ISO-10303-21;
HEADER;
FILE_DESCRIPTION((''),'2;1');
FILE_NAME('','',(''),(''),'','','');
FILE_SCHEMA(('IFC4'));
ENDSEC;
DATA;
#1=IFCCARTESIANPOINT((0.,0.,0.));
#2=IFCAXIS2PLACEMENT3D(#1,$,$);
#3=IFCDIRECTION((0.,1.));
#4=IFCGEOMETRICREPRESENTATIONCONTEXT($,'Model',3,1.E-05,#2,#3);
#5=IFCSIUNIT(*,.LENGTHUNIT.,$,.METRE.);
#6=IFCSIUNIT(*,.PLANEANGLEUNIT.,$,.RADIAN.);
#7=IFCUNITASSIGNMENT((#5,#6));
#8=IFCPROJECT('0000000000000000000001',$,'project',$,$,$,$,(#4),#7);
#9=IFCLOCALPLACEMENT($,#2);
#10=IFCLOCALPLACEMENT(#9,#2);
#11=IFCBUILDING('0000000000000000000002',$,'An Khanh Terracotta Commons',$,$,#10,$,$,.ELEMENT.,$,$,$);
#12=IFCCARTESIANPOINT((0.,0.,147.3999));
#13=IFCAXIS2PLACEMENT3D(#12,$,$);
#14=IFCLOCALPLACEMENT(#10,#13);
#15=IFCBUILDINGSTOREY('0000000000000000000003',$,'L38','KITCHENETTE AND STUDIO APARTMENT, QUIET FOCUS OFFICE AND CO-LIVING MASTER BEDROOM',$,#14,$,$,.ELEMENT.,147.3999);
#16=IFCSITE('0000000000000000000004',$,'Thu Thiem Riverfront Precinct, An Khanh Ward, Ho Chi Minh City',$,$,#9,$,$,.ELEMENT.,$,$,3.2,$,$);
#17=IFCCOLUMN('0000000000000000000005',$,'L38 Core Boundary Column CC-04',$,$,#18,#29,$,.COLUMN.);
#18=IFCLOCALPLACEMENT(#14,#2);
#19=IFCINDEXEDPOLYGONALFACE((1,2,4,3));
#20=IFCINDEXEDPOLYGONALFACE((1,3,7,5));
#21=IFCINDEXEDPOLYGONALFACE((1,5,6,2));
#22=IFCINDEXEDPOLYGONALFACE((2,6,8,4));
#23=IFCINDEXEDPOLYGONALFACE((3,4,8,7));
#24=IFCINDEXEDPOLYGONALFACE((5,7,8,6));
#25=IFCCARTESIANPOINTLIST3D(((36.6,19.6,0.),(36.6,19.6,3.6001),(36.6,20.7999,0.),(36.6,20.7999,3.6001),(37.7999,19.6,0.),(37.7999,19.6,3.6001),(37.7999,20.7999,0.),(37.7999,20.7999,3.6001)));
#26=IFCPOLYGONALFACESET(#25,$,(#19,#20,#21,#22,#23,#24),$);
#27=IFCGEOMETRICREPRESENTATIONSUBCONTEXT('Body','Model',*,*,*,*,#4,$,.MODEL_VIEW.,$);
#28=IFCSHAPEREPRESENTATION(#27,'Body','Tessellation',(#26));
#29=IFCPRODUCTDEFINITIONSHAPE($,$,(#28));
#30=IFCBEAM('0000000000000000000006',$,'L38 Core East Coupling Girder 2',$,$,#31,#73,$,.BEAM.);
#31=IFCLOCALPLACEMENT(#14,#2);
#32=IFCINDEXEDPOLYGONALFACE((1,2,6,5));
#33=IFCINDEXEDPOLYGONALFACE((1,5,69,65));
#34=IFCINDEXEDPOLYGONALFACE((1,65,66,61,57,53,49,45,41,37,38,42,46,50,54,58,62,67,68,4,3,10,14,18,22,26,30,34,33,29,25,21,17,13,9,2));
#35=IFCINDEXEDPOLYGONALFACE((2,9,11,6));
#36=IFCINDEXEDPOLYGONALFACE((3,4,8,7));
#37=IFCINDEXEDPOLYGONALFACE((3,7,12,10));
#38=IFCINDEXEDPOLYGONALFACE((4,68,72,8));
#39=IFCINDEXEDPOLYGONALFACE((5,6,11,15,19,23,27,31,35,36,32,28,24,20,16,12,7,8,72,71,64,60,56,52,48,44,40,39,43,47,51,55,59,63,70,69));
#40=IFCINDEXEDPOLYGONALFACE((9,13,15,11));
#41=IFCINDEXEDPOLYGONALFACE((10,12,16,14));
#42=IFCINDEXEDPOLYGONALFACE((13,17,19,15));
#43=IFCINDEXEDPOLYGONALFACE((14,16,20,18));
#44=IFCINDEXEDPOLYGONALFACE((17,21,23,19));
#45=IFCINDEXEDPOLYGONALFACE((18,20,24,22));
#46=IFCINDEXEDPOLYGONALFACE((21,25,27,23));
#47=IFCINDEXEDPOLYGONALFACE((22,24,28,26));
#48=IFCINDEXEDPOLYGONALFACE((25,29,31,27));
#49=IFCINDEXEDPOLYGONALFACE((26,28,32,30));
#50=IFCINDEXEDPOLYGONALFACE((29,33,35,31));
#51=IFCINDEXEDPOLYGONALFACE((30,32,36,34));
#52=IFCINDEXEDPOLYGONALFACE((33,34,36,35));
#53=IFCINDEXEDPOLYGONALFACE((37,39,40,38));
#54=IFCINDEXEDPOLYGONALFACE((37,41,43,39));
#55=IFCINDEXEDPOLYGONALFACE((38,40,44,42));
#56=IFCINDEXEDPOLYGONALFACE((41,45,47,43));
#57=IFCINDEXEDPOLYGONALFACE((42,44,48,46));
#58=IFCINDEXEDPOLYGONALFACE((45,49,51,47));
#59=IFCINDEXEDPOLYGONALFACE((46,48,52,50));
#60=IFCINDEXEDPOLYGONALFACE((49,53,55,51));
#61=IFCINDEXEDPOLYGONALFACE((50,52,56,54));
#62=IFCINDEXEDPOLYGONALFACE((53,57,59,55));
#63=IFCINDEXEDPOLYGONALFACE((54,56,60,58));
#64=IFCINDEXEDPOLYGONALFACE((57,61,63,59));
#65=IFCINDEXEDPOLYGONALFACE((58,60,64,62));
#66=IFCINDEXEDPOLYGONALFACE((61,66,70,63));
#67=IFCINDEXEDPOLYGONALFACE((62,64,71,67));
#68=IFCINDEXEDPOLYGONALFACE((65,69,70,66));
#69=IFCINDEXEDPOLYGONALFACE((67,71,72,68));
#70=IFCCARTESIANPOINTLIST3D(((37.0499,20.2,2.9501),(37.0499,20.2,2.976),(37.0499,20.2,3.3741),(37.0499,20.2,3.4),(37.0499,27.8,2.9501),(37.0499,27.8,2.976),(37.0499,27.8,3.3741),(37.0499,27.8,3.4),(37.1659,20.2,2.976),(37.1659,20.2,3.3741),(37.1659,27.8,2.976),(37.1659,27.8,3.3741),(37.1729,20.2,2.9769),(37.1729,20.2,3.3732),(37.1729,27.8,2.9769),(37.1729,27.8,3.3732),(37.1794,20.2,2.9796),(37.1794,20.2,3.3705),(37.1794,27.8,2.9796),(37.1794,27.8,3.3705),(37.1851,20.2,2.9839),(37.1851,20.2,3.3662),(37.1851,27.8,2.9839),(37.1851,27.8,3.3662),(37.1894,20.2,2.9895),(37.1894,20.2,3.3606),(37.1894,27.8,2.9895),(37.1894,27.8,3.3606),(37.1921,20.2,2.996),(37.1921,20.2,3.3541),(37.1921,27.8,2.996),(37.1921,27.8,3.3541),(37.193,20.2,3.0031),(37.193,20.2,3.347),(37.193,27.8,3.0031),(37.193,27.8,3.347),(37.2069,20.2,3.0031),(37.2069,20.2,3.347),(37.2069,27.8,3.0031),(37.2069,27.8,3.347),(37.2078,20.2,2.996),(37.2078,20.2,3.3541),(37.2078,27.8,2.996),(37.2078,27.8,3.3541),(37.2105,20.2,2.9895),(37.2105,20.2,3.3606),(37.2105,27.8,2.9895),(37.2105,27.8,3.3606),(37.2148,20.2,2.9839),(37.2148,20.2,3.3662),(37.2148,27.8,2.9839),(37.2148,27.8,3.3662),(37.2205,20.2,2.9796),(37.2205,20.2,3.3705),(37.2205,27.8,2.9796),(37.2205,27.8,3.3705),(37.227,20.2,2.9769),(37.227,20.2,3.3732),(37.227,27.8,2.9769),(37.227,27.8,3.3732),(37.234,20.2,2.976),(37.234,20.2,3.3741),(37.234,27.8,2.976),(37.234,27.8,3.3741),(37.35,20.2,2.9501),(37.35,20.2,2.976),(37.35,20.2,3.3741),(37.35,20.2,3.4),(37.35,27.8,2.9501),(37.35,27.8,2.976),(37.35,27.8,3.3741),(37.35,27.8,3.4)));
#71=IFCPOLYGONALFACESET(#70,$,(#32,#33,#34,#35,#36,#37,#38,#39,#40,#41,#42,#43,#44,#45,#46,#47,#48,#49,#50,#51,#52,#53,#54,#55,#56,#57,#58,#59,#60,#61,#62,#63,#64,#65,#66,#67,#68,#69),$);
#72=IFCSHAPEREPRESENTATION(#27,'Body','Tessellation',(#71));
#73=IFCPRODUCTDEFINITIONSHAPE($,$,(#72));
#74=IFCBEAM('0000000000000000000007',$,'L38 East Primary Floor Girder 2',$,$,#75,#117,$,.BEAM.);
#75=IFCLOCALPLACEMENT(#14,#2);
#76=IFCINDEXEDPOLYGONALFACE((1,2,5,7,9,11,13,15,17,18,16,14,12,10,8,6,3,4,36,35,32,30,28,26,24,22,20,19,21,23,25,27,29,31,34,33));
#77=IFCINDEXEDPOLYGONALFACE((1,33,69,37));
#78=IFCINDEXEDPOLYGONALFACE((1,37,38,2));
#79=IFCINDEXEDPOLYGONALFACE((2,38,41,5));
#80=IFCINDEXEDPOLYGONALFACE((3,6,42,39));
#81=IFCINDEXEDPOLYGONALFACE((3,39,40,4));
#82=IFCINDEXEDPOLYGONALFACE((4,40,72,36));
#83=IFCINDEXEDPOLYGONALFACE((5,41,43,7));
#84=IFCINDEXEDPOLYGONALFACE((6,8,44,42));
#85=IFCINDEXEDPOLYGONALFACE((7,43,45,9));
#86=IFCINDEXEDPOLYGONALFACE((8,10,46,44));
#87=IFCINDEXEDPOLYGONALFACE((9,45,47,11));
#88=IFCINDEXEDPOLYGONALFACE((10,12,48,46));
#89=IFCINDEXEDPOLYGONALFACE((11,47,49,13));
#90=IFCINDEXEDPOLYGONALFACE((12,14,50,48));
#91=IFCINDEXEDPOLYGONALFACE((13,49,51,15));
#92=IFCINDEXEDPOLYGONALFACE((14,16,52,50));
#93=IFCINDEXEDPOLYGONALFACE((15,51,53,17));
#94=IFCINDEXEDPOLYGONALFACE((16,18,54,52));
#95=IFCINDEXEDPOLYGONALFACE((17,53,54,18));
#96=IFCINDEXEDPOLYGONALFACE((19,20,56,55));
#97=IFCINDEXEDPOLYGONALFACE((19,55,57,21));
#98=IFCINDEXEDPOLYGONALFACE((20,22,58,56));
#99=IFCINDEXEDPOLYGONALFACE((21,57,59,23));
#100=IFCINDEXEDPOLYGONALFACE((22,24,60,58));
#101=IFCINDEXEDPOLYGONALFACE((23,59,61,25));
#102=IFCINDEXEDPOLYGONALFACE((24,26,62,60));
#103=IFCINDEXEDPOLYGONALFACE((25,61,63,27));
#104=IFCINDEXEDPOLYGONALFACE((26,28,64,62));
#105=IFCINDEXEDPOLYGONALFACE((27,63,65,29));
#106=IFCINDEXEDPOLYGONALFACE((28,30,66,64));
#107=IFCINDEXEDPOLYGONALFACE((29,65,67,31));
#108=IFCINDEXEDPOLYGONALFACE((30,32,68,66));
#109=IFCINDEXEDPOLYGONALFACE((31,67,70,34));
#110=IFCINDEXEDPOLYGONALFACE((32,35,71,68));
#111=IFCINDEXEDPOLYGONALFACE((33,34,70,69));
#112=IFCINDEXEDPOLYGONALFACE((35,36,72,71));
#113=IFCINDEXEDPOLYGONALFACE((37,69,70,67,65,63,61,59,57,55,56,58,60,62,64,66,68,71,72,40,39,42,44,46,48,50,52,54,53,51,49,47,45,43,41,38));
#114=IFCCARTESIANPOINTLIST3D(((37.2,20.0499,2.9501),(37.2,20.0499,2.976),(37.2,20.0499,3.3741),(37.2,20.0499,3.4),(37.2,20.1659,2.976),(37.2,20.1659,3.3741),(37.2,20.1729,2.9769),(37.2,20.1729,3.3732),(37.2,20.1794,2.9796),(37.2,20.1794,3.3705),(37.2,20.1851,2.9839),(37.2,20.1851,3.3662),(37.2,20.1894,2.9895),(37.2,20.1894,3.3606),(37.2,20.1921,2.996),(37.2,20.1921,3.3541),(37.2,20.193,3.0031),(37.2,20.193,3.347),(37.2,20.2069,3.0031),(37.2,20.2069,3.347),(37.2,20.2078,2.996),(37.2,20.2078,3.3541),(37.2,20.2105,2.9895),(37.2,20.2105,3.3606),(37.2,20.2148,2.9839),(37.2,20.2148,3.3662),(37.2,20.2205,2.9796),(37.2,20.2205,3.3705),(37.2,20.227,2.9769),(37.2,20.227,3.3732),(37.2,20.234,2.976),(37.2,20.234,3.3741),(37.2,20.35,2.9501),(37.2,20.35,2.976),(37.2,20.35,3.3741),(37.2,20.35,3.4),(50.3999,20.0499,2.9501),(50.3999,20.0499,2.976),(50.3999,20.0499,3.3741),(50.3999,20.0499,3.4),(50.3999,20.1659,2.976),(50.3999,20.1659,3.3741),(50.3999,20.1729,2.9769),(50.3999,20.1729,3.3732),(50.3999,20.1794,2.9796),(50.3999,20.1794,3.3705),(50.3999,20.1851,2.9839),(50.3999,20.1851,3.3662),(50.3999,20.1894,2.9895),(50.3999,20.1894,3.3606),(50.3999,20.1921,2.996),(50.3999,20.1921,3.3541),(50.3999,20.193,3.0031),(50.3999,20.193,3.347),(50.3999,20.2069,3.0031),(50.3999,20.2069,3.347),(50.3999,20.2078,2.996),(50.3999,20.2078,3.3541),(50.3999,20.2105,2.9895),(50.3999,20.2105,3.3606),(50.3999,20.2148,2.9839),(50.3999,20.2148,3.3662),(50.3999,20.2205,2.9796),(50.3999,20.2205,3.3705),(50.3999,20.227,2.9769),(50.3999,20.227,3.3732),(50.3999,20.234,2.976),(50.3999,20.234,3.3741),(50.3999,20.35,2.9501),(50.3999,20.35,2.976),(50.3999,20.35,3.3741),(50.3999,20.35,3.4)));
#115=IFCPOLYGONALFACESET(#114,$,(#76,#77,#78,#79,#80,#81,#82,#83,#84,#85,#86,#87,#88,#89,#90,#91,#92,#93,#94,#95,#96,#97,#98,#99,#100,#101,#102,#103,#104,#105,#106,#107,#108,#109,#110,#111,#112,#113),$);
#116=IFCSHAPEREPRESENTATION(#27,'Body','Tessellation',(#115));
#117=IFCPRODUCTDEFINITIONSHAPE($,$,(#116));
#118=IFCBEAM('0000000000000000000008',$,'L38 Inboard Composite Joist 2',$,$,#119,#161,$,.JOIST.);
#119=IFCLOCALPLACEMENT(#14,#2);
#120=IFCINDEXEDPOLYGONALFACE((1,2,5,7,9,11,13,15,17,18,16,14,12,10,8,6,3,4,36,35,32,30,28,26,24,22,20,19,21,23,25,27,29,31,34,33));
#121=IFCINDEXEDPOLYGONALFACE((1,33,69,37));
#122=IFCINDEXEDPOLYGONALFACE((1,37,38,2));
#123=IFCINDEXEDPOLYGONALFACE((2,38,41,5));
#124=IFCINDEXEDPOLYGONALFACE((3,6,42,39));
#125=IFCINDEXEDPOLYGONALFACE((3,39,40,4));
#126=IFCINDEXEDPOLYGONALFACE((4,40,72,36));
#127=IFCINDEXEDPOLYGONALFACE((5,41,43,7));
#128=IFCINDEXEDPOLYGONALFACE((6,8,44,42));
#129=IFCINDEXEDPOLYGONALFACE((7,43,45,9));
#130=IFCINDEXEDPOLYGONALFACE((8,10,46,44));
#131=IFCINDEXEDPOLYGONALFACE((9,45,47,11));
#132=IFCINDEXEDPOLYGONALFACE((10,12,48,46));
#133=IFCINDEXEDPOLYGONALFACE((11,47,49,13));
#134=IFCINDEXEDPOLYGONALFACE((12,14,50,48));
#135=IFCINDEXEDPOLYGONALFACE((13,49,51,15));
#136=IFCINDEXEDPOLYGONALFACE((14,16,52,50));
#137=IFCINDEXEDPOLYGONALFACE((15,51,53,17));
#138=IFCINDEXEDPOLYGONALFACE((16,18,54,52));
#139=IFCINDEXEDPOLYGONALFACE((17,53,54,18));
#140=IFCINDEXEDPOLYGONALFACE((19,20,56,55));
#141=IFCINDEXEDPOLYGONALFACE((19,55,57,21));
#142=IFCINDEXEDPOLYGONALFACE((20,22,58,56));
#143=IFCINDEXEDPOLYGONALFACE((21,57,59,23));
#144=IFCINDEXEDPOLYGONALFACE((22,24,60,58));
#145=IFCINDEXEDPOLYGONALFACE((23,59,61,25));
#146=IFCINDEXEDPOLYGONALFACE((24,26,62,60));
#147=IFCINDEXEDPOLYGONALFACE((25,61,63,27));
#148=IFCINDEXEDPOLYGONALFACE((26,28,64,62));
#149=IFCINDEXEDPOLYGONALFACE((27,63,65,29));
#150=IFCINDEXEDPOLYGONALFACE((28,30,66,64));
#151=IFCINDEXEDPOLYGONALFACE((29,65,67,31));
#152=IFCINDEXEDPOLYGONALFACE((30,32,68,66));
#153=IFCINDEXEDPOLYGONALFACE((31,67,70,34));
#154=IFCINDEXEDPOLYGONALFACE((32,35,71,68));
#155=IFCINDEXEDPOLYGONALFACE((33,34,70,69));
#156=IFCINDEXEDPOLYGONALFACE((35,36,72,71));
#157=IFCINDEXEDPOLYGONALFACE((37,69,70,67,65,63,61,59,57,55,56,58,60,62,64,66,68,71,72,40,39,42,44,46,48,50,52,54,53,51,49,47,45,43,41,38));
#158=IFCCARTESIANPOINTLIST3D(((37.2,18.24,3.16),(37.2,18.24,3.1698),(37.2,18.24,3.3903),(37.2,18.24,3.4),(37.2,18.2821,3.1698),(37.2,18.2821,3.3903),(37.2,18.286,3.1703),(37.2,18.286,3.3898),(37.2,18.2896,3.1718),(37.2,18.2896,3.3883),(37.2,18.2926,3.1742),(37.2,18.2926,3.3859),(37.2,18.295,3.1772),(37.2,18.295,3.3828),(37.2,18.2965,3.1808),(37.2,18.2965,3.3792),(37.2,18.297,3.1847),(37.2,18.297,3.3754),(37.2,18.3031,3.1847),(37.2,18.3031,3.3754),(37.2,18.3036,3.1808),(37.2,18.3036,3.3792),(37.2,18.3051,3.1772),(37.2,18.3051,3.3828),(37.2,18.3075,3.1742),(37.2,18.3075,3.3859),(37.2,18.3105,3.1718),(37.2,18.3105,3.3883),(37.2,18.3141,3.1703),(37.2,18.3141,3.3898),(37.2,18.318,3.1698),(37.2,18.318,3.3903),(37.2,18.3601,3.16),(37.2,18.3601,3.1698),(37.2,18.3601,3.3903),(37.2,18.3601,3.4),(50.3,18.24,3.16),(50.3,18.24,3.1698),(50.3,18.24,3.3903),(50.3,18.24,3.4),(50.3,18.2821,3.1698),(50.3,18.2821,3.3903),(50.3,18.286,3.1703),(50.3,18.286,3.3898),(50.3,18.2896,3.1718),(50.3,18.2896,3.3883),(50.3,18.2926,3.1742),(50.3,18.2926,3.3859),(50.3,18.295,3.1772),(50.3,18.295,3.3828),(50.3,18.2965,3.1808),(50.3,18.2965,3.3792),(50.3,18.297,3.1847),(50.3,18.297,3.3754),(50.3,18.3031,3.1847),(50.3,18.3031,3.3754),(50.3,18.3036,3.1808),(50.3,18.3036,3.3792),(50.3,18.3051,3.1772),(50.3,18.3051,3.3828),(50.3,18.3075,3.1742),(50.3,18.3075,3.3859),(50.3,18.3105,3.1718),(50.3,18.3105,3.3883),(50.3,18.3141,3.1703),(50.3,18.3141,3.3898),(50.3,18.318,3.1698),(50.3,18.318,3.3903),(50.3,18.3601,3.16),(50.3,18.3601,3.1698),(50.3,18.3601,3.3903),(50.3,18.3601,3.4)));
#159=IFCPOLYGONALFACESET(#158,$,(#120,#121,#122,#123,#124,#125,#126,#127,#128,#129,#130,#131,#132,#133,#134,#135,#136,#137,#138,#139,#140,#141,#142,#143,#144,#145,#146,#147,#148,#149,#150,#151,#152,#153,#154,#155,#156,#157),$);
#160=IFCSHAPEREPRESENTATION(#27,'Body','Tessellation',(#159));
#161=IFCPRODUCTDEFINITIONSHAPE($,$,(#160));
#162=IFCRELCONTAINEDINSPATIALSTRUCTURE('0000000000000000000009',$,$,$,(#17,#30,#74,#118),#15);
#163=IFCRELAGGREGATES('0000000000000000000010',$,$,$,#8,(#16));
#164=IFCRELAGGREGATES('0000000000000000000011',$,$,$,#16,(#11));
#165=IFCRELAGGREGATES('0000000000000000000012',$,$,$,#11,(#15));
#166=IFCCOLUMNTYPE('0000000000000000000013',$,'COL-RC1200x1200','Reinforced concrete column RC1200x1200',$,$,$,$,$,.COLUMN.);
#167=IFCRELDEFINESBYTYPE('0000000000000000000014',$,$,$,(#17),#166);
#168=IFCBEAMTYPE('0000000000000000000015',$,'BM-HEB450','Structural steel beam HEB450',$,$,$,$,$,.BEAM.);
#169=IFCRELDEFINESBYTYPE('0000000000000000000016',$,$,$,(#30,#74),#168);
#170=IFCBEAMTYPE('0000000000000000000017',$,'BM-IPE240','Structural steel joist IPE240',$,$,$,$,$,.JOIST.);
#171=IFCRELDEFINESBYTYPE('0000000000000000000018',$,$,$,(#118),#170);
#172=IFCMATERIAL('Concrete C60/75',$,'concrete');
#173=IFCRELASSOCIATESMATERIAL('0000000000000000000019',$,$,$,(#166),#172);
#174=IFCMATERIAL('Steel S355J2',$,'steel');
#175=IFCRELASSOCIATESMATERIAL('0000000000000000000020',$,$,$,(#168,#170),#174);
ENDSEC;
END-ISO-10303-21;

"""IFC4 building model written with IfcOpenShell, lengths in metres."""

from ifc_helpers import new_model, si_unit, direction, frame, origin, origin_2d, place, context, subcontext, project, spatial, rectangle, i_section, extrude, material, material_profile, profile_set, type_object, element, save


model = new_model("IFC4")

# Units and contexts
model_context = context("Model", 3, precision=1e-05, world=origin(), true_north=direction((0.0, 1.0)))
body_context = subcontext(model_context, "Body", "Model", "MODEL_VIEW")
ifc_project = project(units=[si_unit("LENGTHUNIT", "METRE"), si_unit("PLANEANGLEUNIT", "RADIAN")], contexts=[model_context])

# Site, building, storey
site_placement = place(None, origin())
site = spatial("IfcSite", under=ifc_project, at=site_placement, Name="Thu Thiem Riverfront Precinct, An Khanh Ward, Ho Chi Minh City", CompositionType="ELEMENT", RefElevation=3.2)
building_placement = place(site_placement, origin())
building = spatial("IfcBuilding", under=site, at=building_placement, Name="An Khanh Terracotta Commons", CompositionType="ELEMENT")
storey_placement = place(building_placement, frame((0.0, 0.0, 147.3999)))
storey = spatial("IfcBuildingStorey", under=building, at=storey_placement, Name="L38", Description="KITCHENETTE AND STUDIO APARTMENT, QUIET FOCUS OFFICE AND CO-LIVING MASTER BEDROOM", CompositionType="ELEMENT", Elevation=147.3999)

# Column
ifc_material_1 = material(Name="Concrete C60/75", Category="concrete")
ifc_material_profile_1 = material_profile(ifc_material_1, rectangle(XDim=1.2, YDim=1.2, at=origin_2d()), Name="RC1200x1200")
ifc_profile_set_1 = profile_set([ifc_material_profile_1], Name="Concrete C60/75")
column_type = type_object("IfcColumnType", Name="COL-RC1200x1200", Description="Reinforced concrete column RC1200x1200", PredefinedType="COLUMN", material=ifc_profile_set_1)
column_placement = place(storey_placement, frame((37.2, 20.2, 0.0), z_axis=(0.0, 0.0, 1.0), x_axis=(1.0, 0.0, 0.0)))
element("IfcColumn", 1, at=column_placement, inside=storey, type_object=column_type, Name="L38 Core Boundary Column CC-04", PredefinedType="COLUMN", context=body_context, shape_type="SweptSolid", body=[
    extrude(rectangle(XDim=1.2, YDim=1.2, at=origin_2d()), origin(), (0.0, 0.0, 1.0), 3.6001),
])

# Beams
ifc_material_2 = material(Name="Steel S355J2", Category="steel")
ifc_material_profile_2 = material_profile(ifc_material_2, i_section(OverallWidth=0.3, OverallDepth=0.45, WebThickness=0.0139, FlangeThickness=0.0259, FilletRadius=0.0271, at=origin_2d()), Name="HEB450")
ifc_profile_set_2 = profile_set([ifc_material_profile_2], Name="Steel S355J2")
beam_type_1 = type_object("IfcBeamType", Name="BM-HEB450", Description="Structural steel beam HEB450", PredefinedType="BEAM", material=ifc_profile_set_2)
beam_1_placement = place(storey_placement, frame((37.2, 20.2, 3.175), z_axis=(0.0, 1.0, 0.0), x_axis=(-1.0, 0.0, 0.0)))
element("IfcBeam", 2, at=beam_1_placement, inside=storey, type_object=beam_type_1, Name="L38 Core East Coupling Girder 2", PredefinedType="BEAM", context=body_context, shape_type="SweptSolid", body=[
    extrude(i_section(OverallWidth=0.3, OverallDepth=0.45, WebThickness=0.0139, FlangeThickness=0.0259, FilletRadius=0.0271, at=origin_2d()), origin(), (0.0, 0.0, 1.0), 7.6001),
])
beam_2_placement = place(storey_placement, frame((37.2, 20.2, 3.175), z_axis=(1.0, 0.0, 0.0), x_axis=(0.0, 1.0, 0.0)))
element("IfcBeam", 3, at=beam_2_placement, inside=storey, type_object=beam_type_1, Name="L38 East Primary Floor Girder 2", PredefinedType="BEAM", context=body_context, shape_type="SweptSolid", body=[
    extrude(i_section(OverallWidth=0.3, OverallDepth=0.45, WebThickness=0.0139, FlangeThickness=0.0259, FilletRadius=0.0271, at=origin_2d()), origin(), (0.0, 0.0, 1.0), 13.2),
])
ifc_material_profile_3 = material_profile(ifc_material_2, i_section(OverallWidth=0.1201, OverallDepth=0.24, WebThickness=0.0061, FlangeThickness=0.0098, FilletRadius=0.0149, at=origin_2d()), Name="IPE240")
ifc_profile_set_3 = profile_set([ifc_material_profile_3], Name="Steel S355J2")
beam_type_2 = type_object("IfcBeamType", Name="BM-IPE240", Description="Structural steel joist IPE240", PredefinedType="JOIST", material=ifc_profile_set_3)
for number, where, z_axis, x_axis, name in (
    (4, (37.2, 18.3, 3.28), (1.0, 0.0, 0.0), (0.0, 1.0, 0.0), "L38 Inboard Composite Joist 2"),
):
    element("IfcBeam", number, at=place(storey_placement, frame(where, z_axis=z_axis, x_axis=x_axis)), inside=storey, type_object=beam_type_2, Name=name, PredefinedType="JOIST", context=body_context, shape_type="SweptSolid", body=[
        extrude(i_section(OverallWidth=0.1201, OverallDepth=0.24, WebThickness=0.0061, FlangeThickness=0.0098, FilletRadius=0.0149, at=origin_2d()), origin(), (0.0, 0.0, 1.0), 13.1001),
    ])

save(model, "model.ifc")
